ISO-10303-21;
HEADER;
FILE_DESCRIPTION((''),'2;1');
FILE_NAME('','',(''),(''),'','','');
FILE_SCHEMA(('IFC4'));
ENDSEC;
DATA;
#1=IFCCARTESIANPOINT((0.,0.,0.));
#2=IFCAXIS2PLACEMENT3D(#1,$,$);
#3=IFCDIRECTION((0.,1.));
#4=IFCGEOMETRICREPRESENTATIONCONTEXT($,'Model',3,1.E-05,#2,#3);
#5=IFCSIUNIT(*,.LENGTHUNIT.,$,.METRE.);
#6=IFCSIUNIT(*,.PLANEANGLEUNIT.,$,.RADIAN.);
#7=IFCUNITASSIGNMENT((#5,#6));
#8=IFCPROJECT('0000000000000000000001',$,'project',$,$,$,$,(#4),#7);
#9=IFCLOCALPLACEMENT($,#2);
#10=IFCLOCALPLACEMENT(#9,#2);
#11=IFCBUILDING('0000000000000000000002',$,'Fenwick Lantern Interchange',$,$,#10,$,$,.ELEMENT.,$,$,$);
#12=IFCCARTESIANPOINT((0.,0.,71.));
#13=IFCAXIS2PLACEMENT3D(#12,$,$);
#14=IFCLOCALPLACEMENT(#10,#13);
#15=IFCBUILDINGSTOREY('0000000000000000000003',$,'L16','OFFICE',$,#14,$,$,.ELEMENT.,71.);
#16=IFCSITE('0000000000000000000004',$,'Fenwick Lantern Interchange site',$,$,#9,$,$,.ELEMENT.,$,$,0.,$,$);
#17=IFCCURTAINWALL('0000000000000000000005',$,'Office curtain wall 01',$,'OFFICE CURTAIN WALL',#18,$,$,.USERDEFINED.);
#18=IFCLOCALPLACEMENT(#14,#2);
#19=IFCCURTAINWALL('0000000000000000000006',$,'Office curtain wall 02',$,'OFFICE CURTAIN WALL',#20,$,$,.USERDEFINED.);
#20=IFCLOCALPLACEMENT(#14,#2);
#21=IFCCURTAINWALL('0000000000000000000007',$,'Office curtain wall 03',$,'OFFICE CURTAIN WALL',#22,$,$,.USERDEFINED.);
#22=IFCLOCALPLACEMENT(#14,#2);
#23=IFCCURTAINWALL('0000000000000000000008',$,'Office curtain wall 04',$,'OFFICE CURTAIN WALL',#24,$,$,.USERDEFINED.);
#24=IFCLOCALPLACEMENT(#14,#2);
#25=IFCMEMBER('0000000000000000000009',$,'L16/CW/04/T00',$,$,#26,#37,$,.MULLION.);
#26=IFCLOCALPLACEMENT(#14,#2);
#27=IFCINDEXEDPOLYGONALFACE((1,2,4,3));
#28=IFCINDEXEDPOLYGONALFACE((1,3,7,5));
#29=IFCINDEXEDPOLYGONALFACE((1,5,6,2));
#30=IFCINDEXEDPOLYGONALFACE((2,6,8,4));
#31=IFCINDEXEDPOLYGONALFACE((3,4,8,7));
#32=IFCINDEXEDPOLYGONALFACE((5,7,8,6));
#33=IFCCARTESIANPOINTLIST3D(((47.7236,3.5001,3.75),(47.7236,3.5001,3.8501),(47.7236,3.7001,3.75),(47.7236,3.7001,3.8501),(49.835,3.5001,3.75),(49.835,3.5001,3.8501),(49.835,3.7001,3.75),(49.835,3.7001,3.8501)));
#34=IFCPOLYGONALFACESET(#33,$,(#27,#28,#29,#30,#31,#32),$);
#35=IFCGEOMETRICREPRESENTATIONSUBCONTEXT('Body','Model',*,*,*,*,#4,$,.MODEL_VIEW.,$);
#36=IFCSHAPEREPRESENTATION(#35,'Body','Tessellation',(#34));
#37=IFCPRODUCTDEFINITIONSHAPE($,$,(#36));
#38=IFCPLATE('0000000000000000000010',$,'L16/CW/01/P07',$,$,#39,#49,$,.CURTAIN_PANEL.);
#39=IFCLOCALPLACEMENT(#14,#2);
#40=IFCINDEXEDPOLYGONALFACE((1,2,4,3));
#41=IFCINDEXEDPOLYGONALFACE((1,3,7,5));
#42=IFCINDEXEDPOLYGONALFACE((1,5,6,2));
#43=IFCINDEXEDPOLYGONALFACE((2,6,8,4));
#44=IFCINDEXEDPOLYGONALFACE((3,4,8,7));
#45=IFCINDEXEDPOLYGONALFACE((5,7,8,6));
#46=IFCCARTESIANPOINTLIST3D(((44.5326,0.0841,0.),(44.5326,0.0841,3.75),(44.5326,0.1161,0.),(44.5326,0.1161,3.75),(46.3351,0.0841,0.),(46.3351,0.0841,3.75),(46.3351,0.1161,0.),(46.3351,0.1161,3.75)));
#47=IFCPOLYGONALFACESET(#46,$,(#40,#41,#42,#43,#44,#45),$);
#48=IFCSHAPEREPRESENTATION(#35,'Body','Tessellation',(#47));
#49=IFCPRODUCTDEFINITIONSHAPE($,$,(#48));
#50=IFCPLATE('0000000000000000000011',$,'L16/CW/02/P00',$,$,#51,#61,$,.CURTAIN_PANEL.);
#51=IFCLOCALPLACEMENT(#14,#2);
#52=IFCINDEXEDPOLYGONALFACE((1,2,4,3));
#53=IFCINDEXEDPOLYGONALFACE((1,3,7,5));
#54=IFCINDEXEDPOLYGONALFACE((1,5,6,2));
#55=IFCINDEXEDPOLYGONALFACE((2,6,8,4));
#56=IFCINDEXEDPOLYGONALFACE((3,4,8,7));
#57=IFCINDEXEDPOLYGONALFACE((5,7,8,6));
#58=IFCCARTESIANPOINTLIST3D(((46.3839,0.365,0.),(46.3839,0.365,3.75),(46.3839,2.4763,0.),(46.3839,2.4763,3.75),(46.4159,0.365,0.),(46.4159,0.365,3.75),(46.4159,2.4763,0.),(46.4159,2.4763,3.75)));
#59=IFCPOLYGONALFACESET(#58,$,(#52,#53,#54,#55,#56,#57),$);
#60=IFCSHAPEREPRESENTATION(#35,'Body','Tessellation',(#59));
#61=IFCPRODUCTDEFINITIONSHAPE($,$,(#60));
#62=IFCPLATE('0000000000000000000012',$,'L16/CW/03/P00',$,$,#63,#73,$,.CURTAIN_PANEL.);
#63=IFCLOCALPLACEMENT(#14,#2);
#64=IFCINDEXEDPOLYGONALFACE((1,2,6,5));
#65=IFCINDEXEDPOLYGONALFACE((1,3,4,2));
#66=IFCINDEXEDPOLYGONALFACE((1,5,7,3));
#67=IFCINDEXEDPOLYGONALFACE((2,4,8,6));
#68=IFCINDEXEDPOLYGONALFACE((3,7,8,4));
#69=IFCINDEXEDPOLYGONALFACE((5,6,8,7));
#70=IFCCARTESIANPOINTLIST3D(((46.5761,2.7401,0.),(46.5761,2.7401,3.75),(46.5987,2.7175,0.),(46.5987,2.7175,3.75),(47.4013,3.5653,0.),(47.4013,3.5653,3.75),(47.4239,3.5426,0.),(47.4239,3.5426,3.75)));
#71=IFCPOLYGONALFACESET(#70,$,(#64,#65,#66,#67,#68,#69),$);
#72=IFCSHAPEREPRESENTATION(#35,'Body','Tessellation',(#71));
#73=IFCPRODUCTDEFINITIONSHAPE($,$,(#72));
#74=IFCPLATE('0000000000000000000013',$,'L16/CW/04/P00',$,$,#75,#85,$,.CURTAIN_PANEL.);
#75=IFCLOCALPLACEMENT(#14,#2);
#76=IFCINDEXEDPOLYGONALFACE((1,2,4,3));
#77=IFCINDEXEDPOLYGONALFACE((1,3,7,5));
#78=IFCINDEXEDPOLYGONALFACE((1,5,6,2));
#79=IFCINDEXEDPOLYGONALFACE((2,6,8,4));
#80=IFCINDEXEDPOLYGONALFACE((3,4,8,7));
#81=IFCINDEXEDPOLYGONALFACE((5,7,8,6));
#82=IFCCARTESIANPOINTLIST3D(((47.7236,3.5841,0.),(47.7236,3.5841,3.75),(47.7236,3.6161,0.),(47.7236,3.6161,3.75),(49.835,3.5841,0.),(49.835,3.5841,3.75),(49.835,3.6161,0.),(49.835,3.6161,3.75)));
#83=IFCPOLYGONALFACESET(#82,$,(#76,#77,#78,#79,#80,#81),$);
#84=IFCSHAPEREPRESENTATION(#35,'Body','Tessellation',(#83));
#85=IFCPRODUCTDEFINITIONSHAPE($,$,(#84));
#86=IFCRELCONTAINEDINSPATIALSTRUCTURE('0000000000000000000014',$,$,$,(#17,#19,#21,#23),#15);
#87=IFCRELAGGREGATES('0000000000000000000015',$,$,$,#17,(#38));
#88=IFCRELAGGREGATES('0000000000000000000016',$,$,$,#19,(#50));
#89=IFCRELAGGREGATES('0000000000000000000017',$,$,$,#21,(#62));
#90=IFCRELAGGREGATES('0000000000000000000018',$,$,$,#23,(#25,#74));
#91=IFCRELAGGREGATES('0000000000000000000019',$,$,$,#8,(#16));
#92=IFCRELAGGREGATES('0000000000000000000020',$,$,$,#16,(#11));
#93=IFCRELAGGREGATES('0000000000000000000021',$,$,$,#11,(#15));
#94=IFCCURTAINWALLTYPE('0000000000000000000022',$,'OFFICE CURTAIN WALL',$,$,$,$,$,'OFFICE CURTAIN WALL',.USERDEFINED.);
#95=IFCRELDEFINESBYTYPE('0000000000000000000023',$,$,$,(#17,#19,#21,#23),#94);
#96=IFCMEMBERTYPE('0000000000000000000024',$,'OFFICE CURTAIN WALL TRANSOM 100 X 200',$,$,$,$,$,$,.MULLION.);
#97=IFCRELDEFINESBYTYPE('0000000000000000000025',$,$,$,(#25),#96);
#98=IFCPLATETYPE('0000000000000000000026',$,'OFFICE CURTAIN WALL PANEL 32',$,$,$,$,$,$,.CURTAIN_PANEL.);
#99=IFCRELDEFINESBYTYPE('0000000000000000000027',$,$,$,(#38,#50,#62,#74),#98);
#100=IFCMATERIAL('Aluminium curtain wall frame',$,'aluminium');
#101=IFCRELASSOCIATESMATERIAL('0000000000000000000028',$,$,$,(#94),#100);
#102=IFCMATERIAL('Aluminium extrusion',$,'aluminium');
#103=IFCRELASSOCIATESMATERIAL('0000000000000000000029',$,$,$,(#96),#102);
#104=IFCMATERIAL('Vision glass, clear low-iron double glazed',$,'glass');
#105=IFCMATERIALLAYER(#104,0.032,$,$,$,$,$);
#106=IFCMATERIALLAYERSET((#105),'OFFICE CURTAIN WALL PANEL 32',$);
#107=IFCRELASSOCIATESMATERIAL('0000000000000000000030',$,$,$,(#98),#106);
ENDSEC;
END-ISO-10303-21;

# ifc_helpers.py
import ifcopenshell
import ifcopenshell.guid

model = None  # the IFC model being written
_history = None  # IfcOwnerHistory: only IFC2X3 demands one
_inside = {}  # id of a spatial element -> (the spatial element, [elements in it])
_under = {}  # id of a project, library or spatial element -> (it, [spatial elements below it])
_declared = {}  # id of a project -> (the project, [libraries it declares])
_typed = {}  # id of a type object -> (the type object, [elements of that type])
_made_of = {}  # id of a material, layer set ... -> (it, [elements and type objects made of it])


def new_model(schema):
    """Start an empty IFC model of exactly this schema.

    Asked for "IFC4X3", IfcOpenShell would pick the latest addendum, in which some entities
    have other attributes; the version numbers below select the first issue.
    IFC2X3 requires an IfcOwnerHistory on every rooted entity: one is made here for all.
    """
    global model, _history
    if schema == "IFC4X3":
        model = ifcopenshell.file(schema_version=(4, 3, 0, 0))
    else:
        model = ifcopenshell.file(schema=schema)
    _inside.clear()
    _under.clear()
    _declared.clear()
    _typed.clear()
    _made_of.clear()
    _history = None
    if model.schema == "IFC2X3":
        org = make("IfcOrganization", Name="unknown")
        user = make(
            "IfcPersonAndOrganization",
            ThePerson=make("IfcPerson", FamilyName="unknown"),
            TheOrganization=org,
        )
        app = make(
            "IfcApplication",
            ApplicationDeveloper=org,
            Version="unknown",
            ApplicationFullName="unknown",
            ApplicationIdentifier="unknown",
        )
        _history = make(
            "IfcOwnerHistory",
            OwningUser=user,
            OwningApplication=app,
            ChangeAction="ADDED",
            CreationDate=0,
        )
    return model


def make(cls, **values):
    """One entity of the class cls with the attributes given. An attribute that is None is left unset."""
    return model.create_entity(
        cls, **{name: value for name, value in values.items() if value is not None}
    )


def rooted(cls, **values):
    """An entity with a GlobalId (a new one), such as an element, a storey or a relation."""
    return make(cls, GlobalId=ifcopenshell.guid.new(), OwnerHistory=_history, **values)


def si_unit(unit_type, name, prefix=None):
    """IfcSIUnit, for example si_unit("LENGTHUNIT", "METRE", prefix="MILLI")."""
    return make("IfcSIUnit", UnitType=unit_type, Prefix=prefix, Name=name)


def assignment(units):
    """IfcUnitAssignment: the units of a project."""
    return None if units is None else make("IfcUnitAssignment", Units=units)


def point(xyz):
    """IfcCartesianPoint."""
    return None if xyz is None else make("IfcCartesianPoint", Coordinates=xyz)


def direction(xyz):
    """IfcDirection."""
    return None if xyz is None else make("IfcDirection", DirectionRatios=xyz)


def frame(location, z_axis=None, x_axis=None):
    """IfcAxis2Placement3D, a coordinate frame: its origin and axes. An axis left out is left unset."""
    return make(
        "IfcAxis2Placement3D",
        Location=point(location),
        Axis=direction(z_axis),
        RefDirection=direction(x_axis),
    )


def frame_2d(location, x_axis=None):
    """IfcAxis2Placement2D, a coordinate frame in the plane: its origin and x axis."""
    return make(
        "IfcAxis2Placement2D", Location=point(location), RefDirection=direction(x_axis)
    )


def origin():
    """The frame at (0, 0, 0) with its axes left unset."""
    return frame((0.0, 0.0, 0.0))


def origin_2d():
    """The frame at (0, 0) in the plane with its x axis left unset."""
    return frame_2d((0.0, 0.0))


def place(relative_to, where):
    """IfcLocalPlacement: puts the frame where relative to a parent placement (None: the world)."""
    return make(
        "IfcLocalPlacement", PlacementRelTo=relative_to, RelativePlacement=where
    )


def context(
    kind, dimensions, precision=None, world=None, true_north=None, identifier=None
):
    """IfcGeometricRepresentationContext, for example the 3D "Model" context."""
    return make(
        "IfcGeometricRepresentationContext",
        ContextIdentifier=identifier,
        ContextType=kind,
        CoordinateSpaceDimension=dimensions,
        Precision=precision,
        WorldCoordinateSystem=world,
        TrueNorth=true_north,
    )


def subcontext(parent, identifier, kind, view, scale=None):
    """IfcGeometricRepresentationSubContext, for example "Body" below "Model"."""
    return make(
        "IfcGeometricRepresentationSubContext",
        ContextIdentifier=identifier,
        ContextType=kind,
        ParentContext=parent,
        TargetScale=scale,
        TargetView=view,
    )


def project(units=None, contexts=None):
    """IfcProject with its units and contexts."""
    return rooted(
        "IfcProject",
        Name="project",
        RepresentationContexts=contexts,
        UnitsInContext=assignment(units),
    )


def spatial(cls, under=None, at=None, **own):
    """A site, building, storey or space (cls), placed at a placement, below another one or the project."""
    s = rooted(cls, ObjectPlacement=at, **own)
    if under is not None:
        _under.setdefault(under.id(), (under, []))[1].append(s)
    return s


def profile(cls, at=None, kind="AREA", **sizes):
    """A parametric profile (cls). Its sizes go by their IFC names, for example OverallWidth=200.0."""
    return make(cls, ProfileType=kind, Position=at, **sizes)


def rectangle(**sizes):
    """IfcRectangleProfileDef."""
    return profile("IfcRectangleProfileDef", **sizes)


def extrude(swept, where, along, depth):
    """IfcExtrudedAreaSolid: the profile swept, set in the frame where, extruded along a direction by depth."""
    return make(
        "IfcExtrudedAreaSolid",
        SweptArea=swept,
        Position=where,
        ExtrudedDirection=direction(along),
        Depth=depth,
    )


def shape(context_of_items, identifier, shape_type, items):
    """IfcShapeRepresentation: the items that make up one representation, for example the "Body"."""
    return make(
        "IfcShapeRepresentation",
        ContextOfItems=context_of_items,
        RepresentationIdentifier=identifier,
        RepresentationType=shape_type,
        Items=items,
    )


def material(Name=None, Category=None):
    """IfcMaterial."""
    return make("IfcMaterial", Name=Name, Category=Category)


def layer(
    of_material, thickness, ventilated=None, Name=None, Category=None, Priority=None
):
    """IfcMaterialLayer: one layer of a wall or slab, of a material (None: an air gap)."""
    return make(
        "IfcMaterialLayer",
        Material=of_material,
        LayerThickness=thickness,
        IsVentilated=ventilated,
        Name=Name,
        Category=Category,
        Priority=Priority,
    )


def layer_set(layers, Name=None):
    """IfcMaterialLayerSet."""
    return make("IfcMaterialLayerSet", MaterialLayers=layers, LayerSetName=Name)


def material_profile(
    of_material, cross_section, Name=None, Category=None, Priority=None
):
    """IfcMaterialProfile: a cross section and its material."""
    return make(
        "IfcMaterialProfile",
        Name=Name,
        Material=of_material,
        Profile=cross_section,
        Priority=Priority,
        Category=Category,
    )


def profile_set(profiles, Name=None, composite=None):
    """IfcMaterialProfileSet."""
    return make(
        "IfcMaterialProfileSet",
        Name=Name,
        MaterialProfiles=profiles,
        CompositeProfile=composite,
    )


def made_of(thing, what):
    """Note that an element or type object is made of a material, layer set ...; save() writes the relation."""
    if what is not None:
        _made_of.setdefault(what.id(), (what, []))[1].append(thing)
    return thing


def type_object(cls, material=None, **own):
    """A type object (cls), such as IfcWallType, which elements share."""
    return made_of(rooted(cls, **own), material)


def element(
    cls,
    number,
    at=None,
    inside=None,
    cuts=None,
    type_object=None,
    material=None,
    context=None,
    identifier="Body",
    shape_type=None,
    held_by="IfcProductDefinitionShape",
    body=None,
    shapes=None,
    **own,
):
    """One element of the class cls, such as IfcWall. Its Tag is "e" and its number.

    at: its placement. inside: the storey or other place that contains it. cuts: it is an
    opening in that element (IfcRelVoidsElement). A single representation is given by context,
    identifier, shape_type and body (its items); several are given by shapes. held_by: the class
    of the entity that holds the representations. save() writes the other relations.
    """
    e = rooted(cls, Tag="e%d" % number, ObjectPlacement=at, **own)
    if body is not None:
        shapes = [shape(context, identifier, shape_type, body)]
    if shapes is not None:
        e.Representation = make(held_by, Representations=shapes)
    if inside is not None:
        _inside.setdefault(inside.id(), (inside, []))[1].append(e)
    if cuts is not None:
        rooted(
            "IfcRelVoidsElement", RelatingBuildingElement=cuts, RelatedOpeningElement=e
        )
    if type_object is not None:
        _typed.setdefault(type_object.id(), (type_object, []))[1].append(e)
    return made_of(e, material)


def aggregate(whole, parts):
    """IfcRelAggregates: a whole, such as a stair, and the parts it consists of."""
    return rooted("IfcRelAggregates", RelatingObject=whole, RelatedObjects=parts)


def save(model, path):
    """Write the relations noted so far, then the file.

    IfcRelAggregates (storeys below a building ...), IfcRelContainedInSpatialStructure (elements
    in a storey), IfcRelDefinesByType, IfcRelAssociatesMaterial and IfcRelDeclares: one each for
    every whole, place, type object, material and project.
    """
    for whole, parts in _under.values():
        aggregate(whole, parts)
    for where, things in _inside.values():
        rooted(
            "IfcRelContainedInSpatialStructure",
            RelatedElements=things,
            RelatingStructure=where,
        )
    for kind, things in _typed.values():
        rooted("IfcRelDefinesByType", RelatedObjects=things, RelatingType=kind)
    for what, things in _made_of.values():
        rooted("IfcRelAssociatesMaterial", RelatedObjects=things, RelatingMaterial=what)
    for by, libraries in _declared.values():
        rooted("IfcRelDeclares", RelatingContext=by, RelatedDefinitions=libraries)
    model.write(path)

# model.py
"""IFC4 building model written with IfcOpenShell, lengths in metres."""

from ifc_helpers import new_model, si_unit, direction, frame, origin, origin_2d, place, context, subcontext, project, spatial, rectangle, extrude, material, layer, layer_set, material_profile, profile_set, type_object, element, aggregate, save


model = new_model("IFC4")

# Units and contexts
model_context = context("Model", 3, precision=1e-05, world=origin(), true_north=direction((0.0, 1.0)))
body_context = subcontext(model_context, "Body", "Model", "MODEL_VIEW")
ifc_project = project(units=[si_unit("LENGTHUNIT", "METRE"), si_unit("PLANEANGLEUNIT", "RADIAN")], contexts=[model_context])

# Site, building, storey
site_placement = place(None, origin())
site = spatial("IfcSite", under=ifc_project, at=site_placement, Name="Fenwick Lantern Interchange site", CompositionType="ELEMENT", RefElevation=0.0)
building_placement = place(site_placement, origin())
building = spatial("IfcBuilding", under=site, at=building_placement, Name="Fenwick Lantern Interchange", CompositionType="ELEMENT")
storey_placement = place(building_placement, frame((0.0, 0.0, 71.0)))
storey = spatial("IfcBuildingStorey", under=building, at=storey_placement, Name="L16", Description="OFFICE", CompositionType="ELEMENT", Elevation=71.0)

# Curtain walls
ifc_material_1 = material(Name="Aluminium curtain wall frame", Category="aluminium")
curtain_wall_type = type_object("IfcCurtainWallType", Name="OFFICE CURTAIN WALL", ElementType="OFFICE CURTAIN WALL", PredefinedType="USERDEFINED", material=ifc_material_1)
curtain_wall_1_placement = place(storey_placement, origin())
curtain_wall_1 = element("IfcCurtainWall", 1, at=curtain_wall_1_placement, inside=storey, type_object=curtain_wall_type, Name="Office curtain wall 01", ObjectType="OFFICE CURTAIN WALL", PredefinedType="USERDEFINED")
ifc_material_2 = material(Name="Aluminium extrusion", Category="aluminium")
curtain_wall_2_placement = place(storey_placement, origin())
curtain_wall_2 = element("IfcCurtainWall", 2, at=curtain_wall_2_placement, inside=storey, type_object=curtain_wall_type, Name="Office curtain wall 02", ObjectType="OFFICE CURTAIN WALL", PredefinedType="USERDEFINED")
curtain_wall_3_placement = place(storey_placement, origin())
curtain_wall_3 = element("IfcCurtainWall", 3, at=curtain_wall_3_placement, inside=storey, type_object=curtain_wall_type, Name="Office curtain wall 03", ObjectType="OFFICE CURTAIN WALL", PredefinedType="USERDEFINED")
curtain_wall_4_placement = place(storey_placement, origin())
curtain_wall_4 = element("IfcCurtainWall", 4, at=curtain_wall_4_placement, inside=storey, type_object=curtain_wall_type, Name="Office curtain wall 04", ObjectType="OFFICE CURTAIN WALL", PredefinedType="USERDEFINED")

# Member
ifc_material_profile_1 = material_profile(ifc_material_2, rectangle(XDim=0.2, YDim=0.1001, at=origin_2d()), Name="OFFICE CURTAIN WALL TRANSOM 100 X 200")
ifc_profile_set_1 = profile_set([ifc_material_profile_1], Name="Aluminium extrusion")
member_type_1 = type_object("IfcMemberType", Name="OFFICE CURTAIN WALL TRANSOM 100 X 200", PredefinedType="MULLION", material=ifc_profile_set_1)
member_1_placement = place(storey_placement, frame((47.7236, 3.6001, 3.8), z_axis=(1.0, 0.0, 0.0), x_axis=(0.0, 1.0, 0.0)))
member_1 = element("IfcMember", 5, at=member_1_placement, type_object=member_type_1, Name="L16/CW/04/T00", PredefinedType="MULLION", context=body_context, shape_type="SweptSolid", body=[
    extrude(rectangle(XDim=0.2, YDim=0.1001, at=origin_2d()), origin(), (0.0, 0.0, 1.0), 2.1113),
])

# Plates
ifc_material_3 = material(Name="Vision glass, clear low-iron double glazed", Category="glass")
ifc_layer_1 = layer(ifc_material_3, 0.032)
ifc_layer_set_1 = layer_set([ifc_layer_1], Name="OFFICE CURTAIN WALL PANEL 32")
plate_type = type_object("IfcPlateType", Name="OFFICE CURTAIN WALL PANEL 32", PredefinedType="CURTAIN_PANEL", material=ifc_layer_set_1)
plate_1_placement = place(storey_placement, frame((45.4338, 0.1001, 0.0), z_axis=(0.0, 0.0, 1.0), x_axis=(1.0, 0.0, 0.0)))
plate_1 = element("IfcPlate", 6, at=plate_1_placement, type_object=plate_type, Name="L16/CW/01/P07", PredefinedType="CURTAIN_PANEL", context=body_context, shape_type="SweptSolid", body=[
    extrude(rectangle(XDim=1.8025, YDim=0.032, at=origin_2d()), origin(), (0.0, 0.0, 1.0), 3.75),
])
aggregate(curtain_wall_1, [plate_1])
plate_2_placement = place(storey_placement, frame((46.3999, 1.4207, 0.0), z_axis=(0.0, 0.0, 1.0), x_axis=(0.0, 1.0, 0.0)))
plate_2 = element("IfcPlate", 7, at=plate_2_placement, type_object=plate_type, Name="L16/CW/02/P00", PredefinedType="CURTAIN_PANEL", context=body_context, shape_type="SweptSolid", body=[
    extrude(rectangle(XDim=2.1113, YDim=0.032, at=origin_2d()), origin(), (0.0, 0.0, 1.0), 3.75),
])
aggregate(curtain_wall_2, [plate_2])
plate_3_placement = place(storey_placement, frame((47.0, 3.1414, 0.0), z_axis=(0.0, 0.0, 1.0), x_axis=(0.707107, 0.707107, 0.0)))
plate_3 = element("IfcPlate", 8, at=plate_3_placement, type_object=plate_type, Name="L16/CW/03/P00", PredefinedType="CURTAIN_PANEL", context=body_context, shape_type="SweptSolid", body=[
    extrude(rectangle(XDim=1.167, YDim=0.032, at=origin_2d()), origin(), (0.0, 0.0, 1.0), 3.75),
])
aggregate(curtain_wall_3, [plate_3])
plate_4_placement = place(storey_placement, frame((48.7793, 3.6001, 0.0), z_axis=(0.0, 0.0, 1.0), x_axis=(1.0, 0.0, 0.0)))
plate_4 = element("IfcPlate", 9, at=plate_4_placement, type_object=plate_type, Name="L16/CW/04/P00", PredefinedType="CURTAIN_PANEL", context=body_context, shape_type="SweptSolid", body=[
    extrude(rectangle(XDim=2.1113, YDim=0.032, at=origin_2d()), origin(), (0.0, 0.0, 1.0), 3.75),
])
aggregate(curtain_wall_4, [member_1, plate_4])

save(model, "model.ifc")
